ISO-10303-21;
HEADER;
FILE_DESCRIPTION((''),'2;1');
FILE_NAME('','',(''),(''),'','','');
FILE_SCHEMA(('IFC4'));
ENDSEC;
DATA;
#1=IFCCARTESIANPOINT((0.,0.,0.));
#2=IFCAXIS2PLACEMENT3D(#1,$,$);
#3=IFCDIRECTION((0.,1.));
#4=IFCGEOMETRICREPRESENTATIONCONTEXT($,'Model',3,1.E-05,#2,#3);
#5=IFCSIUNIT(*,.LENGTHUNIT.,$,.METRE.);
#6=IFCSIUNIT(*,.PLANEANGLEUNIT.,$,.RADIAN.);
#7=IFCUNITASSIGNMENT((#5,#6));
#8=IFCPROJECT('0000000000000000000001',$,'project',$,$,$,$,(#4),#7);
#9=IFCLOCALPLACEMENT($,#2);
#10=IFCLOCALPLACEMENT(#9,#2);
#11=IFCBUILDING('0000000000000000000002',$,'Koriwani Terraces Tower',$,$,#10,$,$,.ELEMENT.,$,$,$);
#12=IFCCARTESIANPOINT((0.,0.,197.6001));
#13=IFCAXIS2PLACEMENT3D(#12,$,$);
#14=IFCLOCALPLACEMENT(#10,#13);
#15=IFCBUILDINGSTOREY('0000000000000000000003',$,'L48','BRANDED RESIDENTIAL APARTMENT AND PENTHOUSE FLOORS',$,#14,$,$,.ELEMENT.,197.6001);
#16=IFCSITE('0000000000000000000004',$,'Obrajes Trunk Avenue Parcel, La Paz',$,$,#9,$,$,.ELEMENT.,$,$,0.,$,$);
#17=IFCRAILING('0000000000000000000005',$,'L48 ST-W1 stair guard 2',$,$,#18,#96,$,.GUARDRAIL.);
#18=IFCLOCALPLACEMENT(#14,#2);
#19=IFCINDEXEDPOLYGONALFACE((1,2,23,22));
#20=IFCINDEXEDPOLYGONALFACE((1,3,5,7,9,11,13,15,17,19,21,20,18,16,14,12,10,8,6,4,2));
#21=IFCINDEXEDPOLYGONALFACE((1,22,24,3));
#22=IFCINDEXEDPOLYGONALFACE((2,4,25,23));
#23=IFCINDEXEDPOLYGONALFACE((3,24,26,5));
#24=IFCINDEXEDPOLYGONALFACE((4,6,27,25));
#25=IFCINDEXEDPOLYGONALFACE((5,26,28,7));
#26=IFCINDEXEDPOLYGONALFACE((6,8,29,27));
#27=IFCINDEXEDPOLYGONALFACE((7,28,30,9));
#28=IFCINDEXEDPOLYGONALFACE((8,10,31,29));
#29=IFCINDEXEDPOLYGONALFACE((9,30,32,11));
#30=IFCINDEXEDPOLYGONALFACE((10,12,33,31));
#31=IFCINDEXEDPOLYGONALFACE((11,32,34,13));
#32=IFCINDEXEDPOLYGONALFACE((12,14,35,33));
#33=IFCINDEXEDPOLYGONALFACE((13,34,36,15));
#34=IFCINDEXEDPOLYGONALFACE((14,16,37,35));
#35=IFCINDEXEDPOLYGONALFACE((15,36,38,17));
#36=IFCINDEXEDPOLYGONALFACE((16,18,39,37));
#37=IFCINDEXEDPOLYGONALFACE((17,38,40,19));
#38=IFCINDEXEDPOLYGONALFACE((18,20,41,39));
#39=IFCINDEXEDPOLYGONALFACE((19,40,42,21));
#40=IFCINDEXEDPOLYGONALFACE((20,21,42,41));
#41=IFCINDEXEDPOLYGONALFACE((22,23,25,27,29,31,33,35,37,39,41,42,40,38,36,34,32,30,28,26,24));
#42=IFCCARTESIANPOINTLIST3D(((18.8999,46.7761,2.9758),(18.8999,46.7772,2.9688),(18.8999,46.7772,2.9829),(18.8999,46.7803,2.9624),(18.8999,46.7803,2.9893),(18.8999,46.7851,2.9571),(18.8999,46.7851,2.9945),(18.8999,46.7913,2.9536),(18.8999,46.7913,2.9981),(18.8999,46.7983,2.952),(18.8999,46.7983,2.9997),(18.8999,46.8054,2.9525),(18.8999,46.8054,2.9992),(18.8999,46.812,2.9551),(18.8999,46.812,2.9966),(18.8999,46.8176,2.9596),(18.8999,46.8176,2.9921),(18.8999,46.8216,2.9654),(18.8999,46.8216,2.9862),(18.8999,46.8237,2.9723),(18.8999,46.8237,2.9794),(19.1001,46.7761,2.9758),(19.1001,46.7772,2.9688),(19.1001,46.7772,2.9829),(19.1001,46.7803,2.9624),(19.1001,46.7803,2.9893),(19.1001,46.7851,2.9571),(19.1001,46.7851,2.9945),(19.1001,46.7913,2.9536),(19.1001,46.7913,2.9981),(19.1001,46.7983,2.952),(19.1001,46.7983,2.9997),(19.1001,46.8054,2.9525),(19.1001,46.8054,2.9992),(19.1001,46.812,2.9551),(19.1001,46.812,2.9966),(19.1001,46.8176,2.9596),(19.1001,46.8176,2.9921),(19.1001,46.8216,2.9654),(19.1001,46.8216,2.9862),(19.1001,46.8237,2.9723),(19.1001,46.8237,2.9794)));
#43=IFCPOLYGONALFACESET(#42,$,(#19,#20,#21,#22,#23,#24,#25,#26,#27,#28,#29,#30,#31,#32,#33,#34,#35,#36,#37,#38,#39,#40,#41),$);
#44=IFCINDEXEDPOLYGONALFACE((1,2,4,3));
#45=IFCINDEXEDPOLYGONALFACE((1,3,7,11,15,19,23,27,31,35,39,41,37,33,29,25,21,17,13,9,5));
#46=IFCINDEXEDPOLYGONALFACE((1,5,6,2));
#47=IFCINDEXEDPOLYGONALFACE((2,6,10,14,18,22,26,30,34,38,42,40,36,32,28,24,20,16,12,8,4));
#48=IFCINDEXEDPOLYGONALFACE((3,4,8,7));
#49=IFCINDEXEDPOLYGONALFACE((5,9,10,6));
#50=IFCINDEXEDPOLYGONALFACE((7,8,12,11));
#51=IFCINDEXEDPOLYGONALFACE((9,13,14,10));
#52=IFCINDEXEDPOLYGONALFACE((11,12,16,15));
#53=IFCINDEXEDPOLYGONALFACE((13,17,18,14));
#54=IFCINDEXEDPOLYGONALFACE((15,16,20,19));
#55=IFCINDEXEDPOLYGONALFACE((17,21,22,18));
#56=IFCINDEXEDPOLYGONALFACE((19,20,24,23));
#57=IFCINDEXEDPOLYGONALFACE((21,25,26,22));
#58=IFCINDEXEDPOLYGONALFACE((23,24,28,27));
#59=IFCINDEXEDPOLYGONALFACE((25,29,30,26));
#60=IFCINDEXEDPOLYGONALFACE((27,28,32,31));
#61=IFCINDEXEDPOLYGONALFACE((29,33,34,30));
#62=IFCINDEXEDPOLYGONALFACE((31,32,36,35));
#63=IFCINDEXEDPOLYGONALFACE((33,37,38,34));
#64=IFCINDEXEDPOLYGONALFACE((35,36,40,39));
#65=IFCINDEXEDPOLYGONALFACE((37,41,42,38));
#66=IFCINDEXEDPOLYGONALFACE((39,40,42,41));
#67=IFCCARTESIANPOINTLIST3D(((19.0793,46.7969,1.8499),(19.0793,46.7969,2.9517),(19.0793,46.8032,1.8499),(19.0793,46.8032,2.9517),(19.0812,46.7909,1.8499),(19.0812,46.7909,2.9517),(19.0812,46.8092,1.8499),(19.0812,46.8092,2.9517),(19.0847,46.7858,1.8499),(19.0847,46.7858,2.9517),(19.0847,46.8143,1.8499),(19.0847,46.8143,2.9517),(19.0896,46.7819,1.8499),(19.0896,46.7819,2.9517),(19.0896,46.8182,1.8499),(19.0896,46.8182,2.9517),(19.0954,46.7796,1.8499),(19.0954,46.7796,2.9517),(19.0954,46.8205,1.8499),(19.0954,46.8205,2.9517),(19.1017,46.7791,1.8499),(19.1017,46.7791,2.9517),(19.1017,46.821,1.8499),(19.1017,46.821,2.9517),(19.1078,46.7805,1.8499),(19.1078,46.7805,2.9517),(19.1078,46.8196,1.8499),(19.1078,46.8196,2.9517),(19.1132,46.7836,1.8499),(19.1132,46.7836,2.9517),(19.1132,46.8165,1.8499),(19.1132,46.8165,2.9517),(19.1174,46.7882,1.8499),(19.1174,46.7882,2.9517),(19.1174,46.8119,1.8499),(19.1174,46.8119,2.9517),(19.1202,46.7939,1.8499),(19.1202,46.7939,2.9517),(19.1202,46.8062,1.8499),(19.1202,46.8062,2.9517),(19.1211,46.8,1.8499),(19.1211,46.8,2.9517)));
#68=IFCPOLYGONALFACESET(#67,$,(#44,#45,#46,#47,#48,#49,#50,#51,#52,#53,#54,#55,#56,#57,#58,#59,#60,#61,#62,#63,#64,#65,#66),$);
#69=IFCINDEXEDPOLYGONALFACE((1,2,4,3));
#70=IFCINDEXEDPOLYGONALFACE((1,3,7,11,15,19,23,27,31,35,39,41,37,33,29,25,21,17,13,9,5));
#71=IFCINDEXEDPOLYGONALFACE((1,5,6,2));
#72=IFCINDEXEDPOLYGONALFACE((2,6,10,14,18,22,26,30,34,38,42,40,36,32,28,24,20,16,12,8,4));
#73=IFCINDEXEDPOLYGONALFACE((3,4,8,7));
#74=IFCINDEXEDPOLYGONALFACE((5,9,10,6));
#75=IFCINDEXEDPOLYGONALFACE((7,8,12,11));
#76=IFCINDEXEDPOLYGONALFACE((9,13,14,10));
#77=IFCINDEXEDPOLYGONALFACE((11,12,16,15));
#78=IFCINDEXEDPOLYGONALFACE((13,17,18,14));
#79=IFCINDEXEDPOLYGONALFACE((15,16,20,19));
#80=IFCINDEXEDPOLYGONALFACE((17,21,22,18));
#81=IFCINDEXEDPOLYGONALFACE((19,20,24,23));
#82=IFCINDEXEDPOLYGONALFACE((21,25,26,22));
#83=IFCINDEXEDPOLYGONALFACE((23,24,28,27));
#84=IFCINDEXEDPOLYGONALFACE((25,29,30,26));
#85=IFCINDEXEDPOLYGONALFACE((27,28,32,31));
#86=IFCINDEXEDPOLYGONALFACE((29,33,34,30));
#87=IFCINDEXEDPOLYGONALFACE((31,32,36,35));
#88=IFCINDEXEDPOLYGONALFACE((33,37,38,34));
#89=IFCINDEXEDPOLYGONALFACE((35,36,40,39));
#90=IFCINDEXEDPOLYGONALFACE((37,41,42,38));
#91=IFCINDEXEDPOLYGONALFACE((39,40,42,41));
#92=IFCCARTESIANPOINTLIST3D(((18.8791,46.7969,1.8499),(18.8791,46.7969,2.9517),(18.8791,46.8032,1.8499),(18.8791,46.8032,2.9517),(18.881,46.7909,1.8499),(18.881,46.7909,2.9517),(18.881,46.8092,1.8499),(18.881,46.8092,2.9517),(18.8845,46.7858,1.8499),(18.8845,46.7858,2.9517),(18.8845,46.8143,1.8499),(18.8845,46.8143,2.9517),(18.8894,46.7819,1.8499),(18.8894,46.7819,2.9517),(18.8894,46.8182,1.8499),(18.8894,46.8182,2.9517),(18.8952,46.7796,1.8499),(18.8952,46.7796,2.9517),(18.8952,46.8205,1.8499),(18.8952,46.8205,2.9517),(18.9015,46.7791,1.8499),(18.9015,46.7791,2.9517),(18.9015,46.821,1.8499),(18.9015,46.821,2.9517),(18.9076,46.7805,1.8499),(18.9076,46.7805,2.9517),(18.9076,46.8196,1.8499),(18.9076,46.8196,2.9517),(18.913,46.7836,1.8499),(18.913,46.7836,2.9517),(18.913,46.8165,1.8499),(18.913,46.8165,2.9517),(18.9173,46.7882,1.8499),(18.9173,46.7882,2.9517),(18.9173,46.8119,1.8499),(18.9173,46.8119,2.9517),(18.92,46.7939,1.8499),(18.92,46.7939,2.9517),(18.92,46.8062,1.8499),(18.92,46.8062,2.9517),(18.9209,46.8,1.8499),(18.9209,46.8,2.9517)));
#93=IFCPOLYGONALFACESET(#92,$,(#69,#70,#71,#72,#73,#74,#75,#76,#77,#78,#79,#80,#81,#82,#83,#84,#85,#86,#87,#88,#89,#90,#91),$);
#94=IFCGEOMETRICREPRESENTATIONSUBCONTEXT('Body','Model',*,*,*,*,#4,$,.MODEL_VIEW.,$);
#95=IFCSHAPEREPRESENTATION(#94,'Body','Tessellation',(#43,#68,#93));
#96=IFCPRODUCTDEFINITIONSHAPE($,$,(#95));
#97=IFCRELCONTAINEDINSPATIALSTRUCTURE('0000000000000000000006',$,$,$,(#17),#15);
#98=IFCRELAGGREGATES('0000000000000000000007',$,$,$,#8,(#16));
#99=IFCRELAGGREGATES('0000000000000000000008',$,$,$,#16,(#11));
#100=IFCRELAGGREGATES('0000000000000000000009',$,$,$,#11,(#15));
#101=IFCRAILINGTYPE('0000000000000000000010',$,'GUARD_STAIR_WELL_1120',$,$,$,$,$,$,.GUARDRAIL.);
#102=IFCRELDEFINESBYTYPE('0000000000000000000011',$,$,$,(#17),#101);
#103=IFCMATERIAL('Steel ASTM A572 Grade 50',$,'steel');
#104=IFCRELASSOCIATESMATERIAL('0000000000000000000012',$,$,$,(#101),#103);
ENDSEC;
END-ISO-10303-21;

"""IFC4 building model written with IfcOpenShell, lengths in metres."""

from ifc_helpers import new_model, si_unit, direction, frame, origin, origin_2d, place, context, subcontext, project, spatial, circle, extrude, material, type_object, element, save


model = new_model("IFC4")

# Units and contexts
model_context = context("Model", 3, precision=1e-05, world=origin(), true_north=direction((0.0, 1.0)))
body_context = subcontext(model_context, "Body", "Model", "MODEL_VIEW")
ifc_project = project(units=[si_unit("LENGTHUNIT", "METRE"), si_unit("PLANEANGLEUNIT", "RADIAN")], contexts=[model_context])

# Site, building, storey
site_placement = place(None, origin())
site = spatial("IfcSite", under=ifc_project, at=site_placement, Name="Obrajes Trunk Avenue Parcel, La Paz", CompositionType="ELEMENT", RefElevation=0.0)
building_placement = place(site_placement, origin())
building = spatial("IfcBuilding", under=site, at=building_placement, Name="Koriwani Terraces Tower", CompositionType="ELEMENT")
storey_placement = place(building_placement, frame((0.0, 0.0, 197.6001)))
storey = spatial("IfcBuildingStorey", under=building, at=storey_placement, Name="L48", Description="BRANDED RESIDENTIAL APARTMENT AND PENTHOUSE FLOORS", CompositionType="ELEMENT", Elevation=197.6001)

# Shared definitions
ifc_material_1 = material(Name="Steel ASTM A572 Grade 50", Category="steel")

# Railing
railing_type_1 = type_object("IfcRailingType", Name="GUARD_STAIR_WELL_1120", PredefinedType="GUARDRAIL", material=ifc_material_1)
railing_1_placement = place(storey_placement, frame((19.1001, 46.8, 1.8499)))
element("IfcRailing", 1, at=railing_1_placement, inside=storey, type_object=railing_type_1, Name="L48 ST-W1 stair guard 2", PredefinedType="GUARDRAIL", context=body_context, shape_type="SweptSolid", body=[
    extrude(circle(Radius=0.0239, at=origin_2d()), frame((0.0, 0.0, 1.126), z_axis=(-1.0, 0.0, 0.0), x_axis=(0.0, -1.0, 0.0)), (0.0, 0.0, 1.0), 0.2002),
    extrude(circle(Radius=0.021, at=origin_2d()), origin(), (0.0, 0.0, 1.0), 1.1018),
    extrude(circle(Radius=0.021, at=origin_2d()), frame((-0.2002, 0.0, 0.0)), (0.0, 0.0, 1.0), 1.1018),
])

save(model, "model.ifc")
